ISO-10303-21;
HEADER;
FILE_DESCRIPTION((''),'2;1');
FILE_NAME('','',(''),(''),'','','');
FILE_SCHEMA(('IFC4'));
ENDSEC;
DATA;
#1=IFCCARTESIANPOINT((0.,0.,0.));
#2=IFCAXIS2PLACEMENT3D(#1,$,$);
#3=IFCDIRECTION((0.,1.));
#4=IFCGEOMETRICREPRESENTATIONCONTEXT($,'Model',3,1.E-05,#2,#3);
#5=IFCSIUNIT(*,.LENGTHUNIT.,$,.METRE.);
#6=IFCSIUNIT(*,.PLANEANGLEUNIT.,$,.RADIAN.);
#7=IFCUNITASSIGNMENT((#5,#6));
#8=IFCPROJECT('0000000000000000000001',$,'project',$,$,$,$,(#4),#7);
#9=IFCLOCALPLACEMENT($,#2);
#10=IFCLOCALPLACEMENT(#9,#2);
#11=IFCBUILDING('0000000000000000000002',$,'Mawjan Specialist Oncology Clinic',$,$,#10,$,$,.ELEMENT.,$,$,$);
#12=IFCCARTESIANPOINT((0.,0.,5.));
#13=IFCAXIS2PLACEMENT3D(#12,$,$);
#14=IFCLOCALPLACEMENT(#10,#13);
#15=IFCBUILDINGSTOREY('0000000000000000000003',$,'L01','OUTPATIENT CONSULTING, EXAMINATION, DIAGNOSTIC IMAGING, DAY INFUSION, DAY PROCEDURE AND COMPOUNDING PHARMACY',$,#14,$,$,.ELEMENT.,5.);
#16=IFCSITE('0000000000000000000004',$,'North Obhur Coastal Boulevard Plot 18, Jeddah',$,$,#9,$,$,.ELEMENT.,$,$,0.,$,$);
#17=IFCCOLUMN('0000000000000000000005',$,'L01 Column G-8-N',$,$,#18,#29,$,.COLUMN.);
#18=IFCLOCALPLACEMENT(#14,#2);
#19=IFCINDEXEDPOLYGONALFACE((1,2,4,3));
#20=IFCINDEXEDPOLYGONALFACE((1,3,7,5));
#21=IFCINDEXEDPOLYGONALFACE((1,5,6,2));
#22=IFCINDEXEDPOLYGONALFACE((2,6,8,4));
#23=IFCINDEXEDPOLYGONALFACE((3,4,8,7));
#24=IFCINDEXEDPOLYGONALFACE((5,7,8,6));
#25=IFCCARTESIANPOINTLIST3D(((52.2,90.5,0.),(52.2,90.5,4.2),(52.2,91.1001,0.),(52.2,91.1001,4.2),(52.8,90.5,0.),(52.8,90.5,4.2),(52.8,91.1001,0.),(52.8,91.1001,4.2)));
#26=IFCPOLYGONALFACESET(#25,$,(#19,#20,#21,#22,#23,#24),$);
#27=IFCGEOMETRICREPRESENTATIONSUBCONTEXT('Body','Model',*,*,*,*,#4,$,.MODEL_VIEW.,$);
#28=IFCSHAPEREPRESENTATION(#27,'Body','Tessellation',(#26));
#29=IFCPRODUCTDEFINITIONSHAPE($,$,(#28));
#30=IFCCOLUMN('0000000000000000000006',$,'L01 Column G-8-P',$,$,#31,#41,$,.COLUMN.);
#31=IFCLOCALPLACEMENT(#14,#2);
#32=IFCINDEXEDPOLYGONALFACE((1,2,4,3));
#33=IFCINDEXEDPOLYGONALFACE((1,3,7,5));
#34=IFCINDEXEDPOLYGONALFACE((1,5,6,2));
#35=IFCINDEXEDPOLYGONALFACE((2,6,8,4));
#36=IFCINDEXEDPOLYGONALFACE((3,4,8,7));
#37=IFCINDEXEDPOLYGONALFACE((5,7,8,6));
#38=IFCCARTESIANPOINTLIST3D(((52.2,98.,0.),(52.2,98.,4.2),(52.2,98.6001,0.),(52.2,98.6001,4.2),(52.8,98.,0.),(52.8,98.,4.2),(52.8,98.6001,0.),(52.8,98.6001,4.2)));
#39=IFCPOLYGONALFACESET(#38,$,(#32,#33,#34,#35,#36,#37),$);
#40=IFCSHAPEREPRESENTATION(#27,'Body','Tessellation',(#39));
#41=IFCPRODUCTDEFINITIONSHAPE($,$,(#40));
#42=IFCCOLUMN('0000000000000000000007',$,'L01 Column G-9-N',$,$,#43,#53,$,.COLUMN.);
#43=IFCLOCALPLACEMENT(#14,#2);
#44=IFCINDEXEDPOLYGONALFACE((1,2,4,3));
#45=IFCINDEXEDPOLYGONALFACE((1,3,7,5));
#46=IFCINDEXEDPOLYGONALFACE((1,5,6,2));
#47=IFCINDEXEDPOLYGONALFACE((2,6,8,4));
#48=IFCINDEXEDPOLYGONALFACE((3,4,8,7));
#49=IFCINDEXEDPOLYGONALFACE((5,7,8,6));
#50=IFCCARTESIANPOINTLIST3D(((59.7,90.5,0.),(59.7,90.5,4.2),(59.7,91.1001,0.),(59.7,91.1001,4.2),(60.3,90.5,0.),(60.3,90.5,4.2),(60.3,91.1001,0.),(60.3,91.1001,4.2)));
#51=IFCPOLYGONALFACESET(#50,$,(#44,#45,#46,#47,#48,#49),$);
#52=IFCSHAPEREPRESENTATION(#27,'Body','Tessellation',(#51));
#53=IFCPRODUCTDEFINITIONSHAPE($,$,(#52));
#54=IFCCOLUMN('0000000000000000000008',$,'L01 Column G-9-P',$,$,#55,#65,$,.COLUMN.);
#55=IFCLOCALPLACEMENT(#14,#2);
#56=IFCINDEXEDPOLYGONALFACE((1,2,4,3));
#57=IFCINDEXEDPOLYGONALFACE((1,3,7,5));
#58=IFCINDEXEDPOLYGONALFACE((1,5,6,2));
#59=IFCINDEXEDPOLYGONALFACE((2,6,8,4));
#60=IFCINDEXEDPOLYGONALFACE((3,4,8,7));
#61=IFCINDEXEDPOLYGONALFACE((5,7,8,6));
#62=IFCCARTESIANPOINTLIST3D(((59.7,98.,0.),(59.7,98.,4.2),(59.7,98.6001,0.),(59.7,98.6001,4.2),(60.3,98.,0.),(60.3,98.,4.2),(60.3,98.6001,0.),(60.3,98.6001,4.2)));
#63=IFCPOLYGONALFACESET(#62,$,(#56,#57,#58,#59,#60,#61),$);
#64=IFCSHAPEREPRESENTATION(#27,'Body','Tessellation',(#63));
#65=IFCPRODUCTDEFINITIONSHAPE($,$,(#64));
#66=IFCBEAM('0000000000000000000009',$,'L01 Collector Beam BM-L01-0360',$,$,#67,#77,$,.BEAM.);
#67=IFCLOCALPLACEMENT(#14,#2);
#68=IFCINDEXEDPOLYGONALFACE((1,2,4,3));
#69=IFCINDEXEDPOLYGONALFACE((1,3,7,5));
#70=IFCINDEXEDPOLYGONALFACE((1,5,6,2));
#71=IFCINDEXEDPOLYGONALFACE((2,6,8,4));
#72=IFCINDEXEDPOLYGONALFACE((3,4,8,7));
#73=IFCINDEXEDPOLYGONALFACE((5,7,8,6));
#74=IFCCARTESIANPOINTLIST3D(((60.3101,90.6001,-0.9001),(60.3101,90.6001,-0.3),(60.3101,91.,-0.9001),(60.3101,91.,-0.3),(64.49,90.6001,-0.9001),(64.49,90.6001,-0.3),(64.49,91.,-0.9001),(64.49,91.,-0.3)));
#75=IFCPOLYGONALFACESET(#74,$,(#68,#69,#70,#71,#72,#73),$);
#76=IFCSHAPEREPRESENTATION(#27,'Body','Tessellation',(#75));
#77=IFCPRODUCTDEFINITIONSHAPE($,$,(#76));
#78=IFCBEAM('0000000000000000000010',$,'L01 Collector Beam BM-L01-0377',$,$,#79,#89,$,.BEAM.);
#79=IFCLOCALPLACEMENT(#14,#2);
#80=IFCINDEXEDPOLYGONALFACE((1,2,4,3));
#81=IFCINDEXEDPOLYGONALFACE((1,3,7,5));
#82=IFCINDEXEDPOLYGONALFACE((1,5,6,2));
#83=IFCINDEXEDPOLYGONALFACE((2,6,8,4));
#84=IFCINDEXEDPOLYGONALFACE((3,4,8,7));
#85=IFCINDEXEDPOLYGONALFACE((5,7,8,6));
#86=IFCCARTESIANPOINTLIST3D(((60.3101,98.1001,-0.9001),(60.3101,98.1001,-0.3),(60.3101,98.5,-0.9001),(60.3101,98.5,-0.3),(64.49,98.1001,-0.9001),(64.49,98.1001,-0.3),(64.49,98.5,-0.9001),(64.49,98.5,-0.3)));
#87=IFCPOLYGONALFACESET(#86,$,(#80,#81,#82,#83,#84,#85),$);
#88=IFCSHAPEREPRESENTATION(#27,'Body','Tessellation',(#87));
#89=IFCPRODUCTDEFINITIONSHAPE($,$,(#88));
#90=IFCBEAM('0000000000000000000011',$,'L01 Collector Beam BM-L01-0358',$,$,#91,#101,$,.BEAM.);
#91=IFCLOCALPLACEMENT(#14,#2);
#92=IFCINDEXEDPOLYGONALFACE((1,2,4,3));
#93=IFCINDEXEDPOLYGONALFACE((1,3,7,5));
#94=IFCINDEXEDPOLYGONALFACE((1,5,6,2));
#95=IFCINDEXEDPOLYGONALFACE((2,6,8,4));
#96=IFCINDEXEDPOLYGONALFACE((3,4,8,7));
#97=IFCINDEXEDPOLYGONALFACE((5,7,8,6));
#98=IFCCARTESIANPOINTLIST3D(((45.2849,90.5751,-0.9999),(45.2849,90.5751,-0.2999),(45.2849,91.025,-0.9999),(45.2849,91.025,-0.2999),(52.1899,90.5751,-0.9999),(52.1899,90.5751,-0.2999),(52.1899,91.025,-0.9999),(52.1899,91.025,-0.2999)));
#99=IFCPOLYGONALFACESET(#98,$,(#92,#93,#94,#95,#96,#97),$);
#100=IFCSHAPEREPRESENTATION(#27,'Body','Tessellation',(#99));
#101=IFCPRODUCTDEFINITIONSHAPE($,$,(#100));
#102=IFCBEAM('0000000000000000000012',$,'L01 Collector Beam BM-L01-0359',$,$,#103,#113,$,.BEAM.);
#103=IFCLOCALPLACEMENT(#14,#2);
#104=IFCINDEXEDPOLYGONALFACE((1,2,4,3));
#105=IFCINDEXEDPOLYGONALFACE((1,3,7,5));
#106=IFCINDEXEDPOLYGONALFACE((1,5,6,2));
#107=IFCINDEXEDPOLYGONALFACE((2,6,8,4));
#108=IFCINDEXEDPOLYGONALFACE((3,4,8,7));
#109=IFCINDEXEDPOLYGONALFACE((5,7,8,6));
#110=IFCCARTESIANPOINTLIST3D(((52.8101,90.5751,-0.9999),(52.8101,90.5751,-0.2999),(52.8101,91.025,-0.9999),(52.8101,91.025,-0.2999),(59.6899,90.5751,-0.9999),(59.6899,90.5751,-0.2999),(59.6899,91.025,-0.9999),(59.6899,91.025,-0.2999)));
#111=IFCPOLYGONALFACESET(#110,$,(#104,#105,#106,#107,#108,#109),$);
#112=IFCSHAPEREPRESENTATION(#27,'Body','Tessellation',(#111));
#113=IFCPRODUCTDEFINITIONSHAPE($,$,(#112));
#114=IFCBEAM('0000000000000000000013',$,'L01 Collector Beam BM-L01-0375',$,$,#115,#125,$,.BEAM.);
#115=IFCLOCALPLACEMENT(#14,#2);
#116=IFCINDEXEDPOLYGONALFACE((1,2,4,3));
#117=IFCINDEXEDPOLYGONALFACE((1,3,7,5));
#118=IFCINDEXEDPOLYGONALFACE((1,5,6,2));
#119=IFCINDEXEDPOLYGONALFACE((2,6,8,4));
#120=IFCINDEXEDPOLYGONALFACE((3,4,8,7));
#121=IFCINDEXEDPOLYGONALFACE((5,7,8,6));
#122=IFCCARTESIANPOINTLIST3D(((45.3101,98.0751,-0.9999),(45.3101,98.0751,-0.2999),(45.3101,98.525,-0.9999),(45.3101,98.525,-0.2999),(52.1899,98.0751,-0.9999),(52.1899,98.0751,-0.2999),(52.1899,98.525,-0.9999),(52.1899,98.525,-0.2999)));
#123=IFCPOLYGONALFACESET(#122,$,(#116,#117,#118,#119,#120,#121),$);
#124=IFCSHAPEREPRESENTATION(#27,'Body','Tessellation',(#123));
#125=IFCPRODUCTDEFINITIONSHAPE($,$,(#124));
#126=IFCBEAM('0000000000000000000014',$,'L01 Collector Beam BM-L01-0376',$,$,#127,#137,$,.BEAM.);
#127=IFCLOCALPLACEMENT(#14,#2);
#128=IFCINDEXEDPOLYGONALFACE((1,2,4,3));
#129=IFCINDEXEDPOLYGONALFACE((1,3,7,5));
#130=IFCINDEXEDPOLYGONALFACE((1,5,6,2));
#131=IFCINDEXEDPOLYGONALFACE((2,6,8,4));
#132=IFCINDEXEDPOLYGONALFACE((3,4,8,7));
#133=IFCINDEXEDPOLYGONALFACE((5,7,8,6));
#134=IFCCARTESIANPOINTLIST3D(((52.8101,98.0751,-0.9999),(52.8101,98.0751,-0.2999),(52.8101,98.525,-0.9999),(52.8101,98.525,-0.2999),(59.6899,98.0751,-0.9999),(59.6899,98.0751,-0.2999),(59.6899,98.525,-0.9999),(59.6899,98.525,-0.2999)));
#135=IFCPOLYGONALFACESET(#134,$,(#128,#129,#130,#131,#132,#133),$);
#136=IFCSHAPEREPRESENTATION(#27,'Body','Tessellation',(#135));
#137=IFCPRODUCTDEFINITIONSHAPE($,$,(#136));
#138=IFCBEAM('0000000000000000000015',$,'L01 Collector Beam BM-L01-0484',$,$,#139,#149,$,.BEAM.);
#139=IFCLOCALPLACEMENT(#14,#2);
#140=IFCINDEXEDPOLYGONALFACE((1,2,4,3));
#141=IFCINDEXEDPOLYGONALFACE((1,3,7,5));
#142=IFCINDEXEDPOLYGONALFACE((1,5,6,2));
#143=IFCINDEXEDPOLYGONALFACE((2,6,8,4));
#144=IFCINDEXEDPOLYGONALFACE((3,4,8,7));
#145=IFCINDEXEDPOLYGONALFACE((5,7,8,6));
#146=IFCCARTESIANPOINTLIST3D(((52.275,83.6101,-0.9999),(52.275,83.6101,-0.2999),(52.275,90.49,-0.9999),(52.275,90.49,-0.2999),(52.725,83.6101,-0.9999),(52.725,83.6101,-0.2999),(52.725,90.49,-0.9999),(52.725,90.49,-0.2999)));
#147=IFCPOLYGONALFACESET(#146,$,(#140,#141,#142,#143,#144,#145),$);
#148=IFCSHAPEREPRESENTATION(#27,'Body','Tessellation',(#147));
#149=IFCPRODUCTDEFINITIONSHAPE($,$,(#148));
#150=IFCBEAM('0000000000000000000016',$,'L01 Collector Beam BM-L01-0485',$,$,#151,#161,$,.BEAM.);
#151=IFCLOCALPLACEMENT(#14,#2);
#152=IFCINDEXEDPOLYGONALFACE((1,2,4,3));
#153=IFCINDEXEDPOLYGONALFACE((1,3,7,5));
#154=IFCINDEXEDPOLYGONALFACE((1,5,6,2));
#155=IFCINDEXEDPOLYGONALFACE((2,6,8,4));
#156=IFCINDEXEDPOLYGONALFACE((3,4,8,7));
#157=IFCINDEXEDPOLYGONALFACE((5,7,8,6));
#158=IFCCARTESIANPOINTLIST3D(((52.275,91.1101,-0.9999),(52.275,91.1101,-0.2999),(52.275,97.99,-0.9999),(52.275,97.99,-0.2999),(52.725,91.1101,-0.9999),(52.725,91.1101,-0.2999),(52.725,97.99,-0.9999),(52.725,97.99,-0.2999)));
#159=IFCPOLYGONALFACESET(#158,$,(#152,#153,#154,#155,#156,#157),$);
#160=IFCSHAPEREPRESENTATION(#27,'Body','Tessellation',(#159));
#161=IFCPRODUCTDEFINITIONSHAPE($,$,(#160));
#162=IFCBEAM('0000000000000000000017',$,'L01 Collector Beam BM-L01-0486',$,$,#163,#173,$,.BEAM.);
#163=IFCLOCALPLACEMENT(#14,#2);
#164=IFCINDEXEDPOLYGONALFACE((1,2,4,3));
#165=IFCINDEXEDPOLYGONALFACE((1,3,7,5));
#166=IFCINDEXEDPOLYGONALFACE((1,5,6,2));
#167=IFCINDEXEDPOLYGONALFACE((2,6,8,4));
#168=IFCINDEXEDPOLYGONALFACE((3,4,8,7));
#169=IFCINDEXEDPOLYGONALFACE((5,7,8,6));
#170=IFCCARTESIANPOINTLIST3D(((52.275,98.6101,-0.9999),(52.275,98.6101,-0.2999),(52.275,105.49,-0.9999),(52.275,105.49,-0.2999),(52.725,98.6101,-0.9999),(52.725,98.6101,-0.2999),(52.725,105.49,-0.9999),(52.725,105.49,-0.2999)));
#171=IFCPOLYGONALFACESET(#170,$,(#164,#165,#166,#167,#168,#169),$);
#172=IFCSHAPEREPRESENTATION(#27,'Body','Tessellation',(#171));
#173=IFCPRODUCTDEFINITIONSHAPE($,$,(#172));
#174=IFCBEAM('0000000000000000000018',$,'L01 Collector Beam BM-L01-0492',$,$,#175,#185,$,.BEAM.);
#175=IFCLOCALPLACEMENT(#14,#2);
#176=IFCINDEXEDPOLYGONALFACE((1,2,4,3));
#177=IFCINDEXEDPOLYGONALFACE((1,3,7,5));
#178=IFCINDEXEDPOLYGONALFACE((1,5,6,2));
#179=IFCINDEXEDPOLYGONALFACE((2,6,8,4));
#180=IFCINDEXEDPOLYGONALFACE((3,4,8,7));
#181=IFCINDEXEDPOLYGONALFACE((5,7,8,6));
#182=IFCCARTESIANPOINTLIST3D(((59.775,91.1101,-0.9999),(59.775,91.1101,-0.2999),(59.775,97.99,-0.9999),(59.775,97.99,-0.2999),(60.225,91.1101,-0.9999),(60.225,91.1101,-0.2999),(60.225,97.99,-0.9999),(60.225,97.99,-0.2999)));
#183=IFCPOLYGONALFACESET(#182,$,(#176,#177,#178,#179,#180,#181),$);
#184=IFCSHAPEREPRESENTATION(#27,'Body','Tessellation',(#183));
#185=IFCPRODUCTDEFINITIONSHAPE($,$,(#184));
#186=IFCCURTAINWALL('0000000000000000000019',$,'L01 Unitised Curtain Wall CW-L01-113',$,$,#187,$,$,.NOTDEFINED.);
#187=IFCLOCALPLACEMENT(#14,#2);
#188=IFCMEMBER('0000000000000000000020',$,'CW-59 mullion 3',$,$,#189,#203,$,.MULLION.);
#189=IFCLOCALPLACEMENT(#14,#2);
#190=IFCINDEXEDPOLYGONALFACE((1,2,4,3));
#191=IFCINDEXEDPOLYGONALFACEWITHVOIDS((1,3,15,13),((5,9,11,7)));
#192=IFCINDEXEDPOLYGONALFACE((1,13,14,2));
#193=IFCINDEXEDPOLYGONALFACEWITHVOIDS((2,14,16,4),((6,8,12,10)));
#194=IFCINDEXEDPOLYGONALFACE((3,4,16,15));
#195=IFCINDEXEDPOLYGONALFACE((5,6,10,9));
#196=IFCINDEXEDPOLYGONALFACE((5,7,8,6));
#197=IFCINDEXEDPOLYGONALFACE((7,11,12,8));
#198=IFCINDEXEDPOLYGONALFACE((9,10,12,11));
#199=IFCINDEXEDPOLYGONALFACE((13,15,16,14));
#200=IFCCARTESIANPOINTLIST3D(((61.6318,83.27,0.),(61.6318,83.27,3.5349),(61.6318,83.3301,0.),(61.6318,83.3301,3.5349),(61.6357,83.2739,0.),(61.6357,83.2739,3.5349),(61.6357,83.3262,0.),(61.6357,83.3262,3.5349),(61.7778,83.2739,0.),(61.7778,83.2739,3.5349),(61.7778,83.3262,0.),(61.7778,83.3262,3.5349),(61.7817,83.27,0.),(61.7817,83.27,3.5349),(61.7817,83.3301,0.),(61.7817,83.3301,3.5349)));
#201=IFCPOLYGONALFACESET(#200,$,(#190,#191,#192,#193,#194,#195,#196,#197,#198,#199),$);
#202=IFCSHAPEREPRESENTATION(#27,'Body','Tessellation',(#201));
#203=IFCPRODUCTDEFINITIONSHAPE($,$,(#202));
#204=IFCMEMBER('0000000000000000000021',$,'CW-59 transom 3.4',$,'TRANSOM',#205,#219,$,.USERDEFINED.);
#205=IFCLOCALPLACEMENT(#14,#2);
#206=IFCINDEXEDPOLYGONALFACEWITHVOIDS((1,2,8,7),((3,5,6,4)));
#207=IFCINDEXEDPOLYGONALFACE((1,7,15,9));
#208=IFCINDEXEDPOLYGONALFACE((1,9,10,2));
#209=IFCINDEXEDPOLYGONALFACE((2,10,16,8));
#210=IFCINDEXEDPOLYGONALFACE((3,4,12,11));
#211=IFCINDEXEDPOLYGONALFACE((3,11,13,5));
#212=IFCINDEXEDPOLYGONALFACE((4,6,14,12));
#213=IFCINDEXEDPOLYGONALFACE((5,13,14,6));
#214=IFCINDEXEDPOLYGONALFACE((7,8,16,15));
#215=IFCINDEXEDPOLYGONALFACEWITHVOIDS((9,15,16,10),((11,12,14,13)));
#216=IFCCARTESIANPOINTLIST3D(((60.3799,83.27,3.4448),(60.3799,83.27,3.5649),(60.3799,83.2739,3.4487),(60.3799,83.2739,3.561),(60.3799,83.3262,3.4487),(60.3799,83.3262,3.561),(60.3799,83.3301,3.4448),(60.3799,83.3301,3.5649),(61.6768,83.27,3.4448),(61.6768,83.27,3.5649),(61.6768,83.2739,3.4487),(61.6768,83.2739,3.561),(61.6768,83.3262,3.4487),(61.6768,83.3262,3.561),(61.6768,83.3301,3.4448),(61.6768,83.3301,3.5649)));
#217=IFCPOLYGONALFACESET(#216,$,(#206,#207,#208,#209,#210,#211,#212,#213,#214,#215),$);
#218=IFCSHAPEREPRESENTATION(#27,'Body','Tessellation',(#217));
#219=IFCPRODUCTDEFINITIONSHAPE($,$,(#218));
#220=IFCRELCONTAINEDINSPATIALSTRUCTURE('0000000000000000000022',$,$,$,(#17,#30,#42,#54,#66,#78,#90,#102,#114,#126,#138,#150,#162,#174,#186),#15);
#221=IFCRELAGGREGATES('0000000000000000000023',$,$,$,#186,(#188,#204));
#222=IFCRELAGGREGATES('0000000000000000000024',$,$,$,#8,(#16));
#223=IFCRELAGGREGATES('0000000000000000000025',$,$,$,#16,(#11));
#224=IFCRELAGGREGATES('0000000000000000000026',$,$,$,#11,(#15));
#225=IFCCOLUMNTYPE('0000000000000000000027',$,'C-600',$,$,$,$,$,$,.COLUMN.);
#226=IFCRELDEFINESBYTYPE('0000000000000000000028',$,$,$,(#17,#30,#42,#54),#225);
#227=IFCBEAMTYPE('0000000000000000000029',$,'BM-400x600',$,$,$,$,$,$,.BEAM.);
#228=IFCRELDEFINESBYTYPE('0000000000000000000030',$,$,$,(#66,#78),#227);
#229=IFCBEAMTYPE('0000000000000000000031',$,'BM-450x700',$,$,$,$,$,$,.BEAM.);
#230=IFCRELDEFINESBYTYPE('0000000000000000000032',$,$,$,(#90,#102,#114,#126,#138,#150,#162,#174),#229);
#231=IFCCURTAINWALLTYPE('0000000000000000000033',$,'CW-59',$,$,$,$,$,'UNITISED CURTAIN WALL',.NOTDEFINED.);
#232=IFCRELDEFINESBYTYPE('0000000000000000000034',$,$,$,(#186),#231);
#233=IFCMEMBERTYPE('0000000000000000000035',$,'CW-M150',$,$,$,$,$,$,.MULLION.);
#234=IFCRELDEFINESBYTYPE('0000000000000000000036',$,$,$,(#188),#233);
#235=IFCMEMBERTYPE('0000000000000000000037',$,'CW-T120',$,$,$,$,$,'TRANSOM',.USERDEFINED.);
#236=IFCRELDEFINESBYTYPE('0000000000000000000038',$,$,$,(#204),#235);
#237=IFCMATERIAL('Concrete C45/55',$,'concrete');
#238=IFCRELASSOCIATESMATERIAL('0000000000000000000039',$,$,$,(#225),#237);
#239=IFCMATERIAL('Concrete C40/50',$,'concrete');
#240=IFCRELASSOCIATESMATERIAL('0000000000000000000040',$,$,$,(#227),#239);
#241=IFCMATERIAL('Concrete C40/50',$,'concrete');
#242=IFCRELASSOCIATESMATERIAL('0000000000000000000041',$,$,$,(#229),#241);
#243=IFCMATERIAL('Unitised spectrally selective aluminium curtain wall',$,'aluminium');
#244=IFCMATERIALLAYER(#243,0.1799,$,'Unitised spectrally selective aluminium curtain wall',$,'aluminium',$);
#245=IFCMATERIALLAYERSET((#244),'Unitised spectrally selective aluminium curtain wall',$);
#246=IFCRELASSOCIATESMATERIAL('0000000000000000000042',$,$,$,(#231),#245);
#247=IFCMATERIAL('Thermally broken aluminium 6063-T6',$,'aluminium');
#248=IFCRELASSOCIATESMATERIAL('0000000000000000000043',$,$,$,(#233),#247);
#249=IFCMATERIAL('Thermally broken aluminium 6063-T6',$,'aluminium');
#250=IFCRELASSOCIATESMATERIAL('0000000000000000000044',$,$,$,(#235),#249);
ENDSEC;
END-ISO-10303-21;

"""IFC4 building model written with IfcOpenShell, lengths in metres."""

from ifc_helpers import new_model, si_unit, direction, frame, origin, origin_2d, place, context, subcontext, project, spatial, rectangle, hollow_rectangle, extrude, material, layer, layer_set, material_profile, profile_set, type_object, element, aggregate, save


model = new_model("IFC4")

# Units and contexts
model_context = context("Model", 3, precision=1e-05, world=origin(), true_north=direction((0.0, 1.0)))
body_context = subcontext(model_context, "Body", "Model", "MODEL_VIEW")
ifc_project = project(units=[si_unit("LENGTHUNIT", "METRE"), si_unit("PLANEANGLEUNIT", "RADIAN")], contexts=[model_context])

# Site, building, storey
site_placement = place(None, origin())
site = spatial("IfcSite", under=ifc_project, at=site_placement, Name="North Obhur Coastal Boulevard Plot 18, Jeddah", CompositionType="ELEMENT", RefElevation=0.0)
building_placement = place(site_placement, origin())
building = spatial("IfcBuilding", under=site, at=building_placement, Name="Mawjan Specialist Oncology Clinic", CompositionType="ELEMENT")
storey_placement = place(building_placement, frame((0.0, 0.0, 5.0)))
storey = spatial("IfcBuildingStorey", under=building, at=storey_placement, Name="L01", Description="OUTPATIENT CONSULTING, EXAMINATION, DIAGNOSTIC IMAGING, DAY INFUSION, DAY PROCEDURE AND COMPOUNDING PHARMACY", CompositionType="ELEMENT", Elevation=5.0)

# Columns
ifc_material_1 = material(Name="Concrete C45/55", Category="concrete")
ifc_material_profile_1 = material_profile(ifc_material_1, rectangle(XDim=0.6001, YDim=0.6001, at=origin_2d()), Name="RC COL 600x600", Category="concrete")
ifc_profile_set_1 = profile_set([ifc_material_profile_1], Name="Concrete C45/55")
column_type = type_object("IfcColumnType", Name="C-600", PredefinedType="COLUMN", material=ifc_profile_set_1)
for number, where, z_axis, x_axis, name in (
    (1, (52.5, 90.8, 0.0), (0.0, 0.0, 1.0), (1.0, 0.0, 0.0), "L01 Column G-8-N"),
    (2, (52.5, 98.3, 0.0), (0.0, 0.0, 1.0), (1.0, 0.0, 0.0), "L01 Column G-8-P"),
    (3, (60.0, 90.8, 0.0), (0.0, 0.0, 1.0), (1.0, 0.0, 0.0), "L01 Column G-9-N"),
    (4, (60.0, 98.3, 0.0), (0.0, 0.0, 1.0), (1.0, 0.0, 0.0), "L01 Column G-9-P"),
):
    element("IfcColumn", number, at=place(storey_placement, frame(where, z_axis=z_axis, x_axis=x_axis)), inside=storey, type_object=column_type, Name=name, PredefinedType="COLUMN", context=body_context, shape_type="SweptSolid", body=[
        extrude(rectangle(XDim=0.6001, YDim=0.6001, at=origin_2d()), origin(), (0.0, 0.0, 1.0), 4.2),
    ])

# Beams
ifc_material_2 = material(Name="Concrete C40/50", Category="concrete")
ifc_material_profile_2 = material_profile(ifc_material_2, rectangle(XDim=0.3999, YDim=0.6001, at=origin_2d()), Name="RC BM 400x600", Category="concrete")
ifc_profile_set_2 = profile_set([ifc_material_profile_2], Name="Concrete C40/50")
beam_type_1 = type_object("IfcBeamType", Name="BM-400x600", PredefinedType="BEAM", material=ifc_profile_set_2)
for number, where, z_axis, x_axis, name in (
    (5, (60.3101, 90.8, -0.6001), (1.0, 0.0, 0.0), (0.0, 1.0, 0.0), "L01 Collector Beam BM-L01-0360"),
    (6, (60.3101, 98.3, -0.6001), (1.0, 0.0, 0.0), (0.0, 1.0, 0.0), "L01 Collector Beam BM-L01-0377"),
):
    element("IfcBeam", number, at=place(storey_placement, frame(where, z_axis=z_axis, x_axis=x_axis)), inside=storey, type_object=beam_type_1, Name=name, PredefinedType="BEAM", context=body_context, shape_type="SweptSolid", body=[
        extrude(rectangle(XDim=0.3999, YDim=0.6001, at=origin_2d()), origin(), (0.0, 0.0, 1.0), 4.1799),
    ])
ifc_material_3 = material(Name="Concrete C40/50", Category="concrete")
ifc_material_profile_3 = material_profile(ifc_material_3, rectangle(XDim=0.45, YDim=0.7, at=origin_2d()), Name="RC BM 450x700", Category="concrete")
ifc_profile_set_3 = profile_set([ifc_material_profile_3], Name="Concrete C40/50")
beam_type_2 = type_object("IfcBeamType", Name="BM-450x700", PredefinedType="BEAM", material=ifc_profile_set_3)
beam_placement = place(storey_placement, frame((45.2849, 90.8, -0.6499), z_axis=(1.0, 0.0, 0.0), x_axis=(0.0, 1.0, 0.0)))
element("IfcBeam", 7, at=beam_placement, inside=storey, type_object=beam_type_2, Name="L01 Collector Beam BM-L01-0358", PredefinedType="BEAM", context=body_context, shape_type="SweptSolid", body=[
    extrude(rectangle(XDim=0.45, YDim=0.7, at=origin_2d()), origin(), (0.0, 0.0, 1.0), 6.905),
])
for number, where, z_axis, x_axis, name in (
    (8, (52.8101, 90.8, -0.6499), (1.0, 0.0, 0.0), (0.0, 1.0, 0.0), "L01 Collector Beam BM-L01-0359"),
    (9, (45.3101, 98.3, -0.6499), (1.0, 0.0, 0.0), (0.0, 1.0, 0.0), "L01 Collector Beam BM-L01-0375"),
    (10, (52.8101, 98.3, -0.6499), (1.0, 0.0, 0.0), (0.0, 1.0, 0.0), "L01 Collector Beam BM-L01-0376"),
    (11, (52.5, 83.6101, -0.6499), (0.0, 1.0, 0.0), (-1.0, 0.0, 0.0), "L01 Collector Beam BM-L01-0484"),
    (12, (52.5, 91.1101, -0.6499), (0.0, 1.0, 0.0), (-1.0, 0.0, 0.0), "L01 Collector Beam BM-L01-0485"),
    (13, (52.5, 98.6101, -0.6499), (0.0, 1.0, 0.0), (-1.0, 0.0, 0.0), "L01 Collector Beam BM-L01-0486"),
    (14, (60.0, 91.1101, -0.6499), (0.0, 1.0, 0.0), (-1.0, 0.0, 0.0), "L01 Collector Beam BM-L01-0492"),
):
    element("IfcBeam", number, at=place(storey_placement, frame(where, z_axis=z_axis, x_axis=x_axis)), inside=storey, type_object=beam_type_2, Name=name, PredefinedType="BEAM", context=body_context, shape_type="SweptSolid", body=[
        extrude(rectangle(XDim=0.45, YDim=0.7, at=origin_2d()), origin(), (0.0, 0.0, 1.0), 6.8799),
    ])

# Curtain wall, members
ifc_material_4 = material(Name="Unitised spectrally selective aluminium curtain wall", Category="aluminium")
ifc_layer_1 = layer(ifc_material_4, 0.1799, Name="Unitised spectrally selective aluminium curtain wall", Category="aluminium")
ifc_layer_set_1 = layer_set([ifc_layer_1], Name="Unitised spectrally selective aluminium curtain wall")
curtain_wall_type = type_object("IfcCurtainWallType", Name="CW-59", ElementType="UNITISED CURTAIN WALL", PredefinedType="NOTDEFINED", material=ifc_layer_set_1)
curtain_wall_placement = place(storey_placement, origin())
curtain_wall = element("IfcCurtainWall", 15, at=curtain_wall_placement, inside=storey, type_object=curtain_wall_type, Name="L01 Unitised Curtain Wall CW-L01-113", PredefinedType="NOTDEFINED")
ifc_material_5 = material(Name="Thermally broken aluminium 6063-T6", Category="aluminium")
ifc_material_profile_4 = material_profile(ifc_material_5, hollow_rectangle(XDim=0.0601, YDim=0.1499, WallThickness=0.0039, at=origin_2d()), Name="ALU MULLION 150x60x4", Category="aluminium")
ifc_profile_set_4 = profile_set([ifc_material_profile_4], Name="Thermally broken aluminium 6063-T6")
member_type_1 = type_object("IfcMemberType", Name="CW-M150", PredefinedType="MULLION", material=ifc_profile_set_4)
member_1_placement = place(storey_placement, frame((61.7068, 83.3, 0.0), z_axis=(0.0, 0.0, 1.0), x_axis=(0.0, -1.0, 0.0)))
member_1 = element("IfcMember", 16, at=member_1_placement, type_object=member_type_1, Name="CW-59 mullion 3", PredefinedType="MULLION", context=body_context, shape_type="SweptSolid", body=[
    extrude(hollow_rectangle(XDim=0.0601, YDim=0.1499, WallThickness=0.0039, at=origin_2d()), origin(), (0.0, 0.0, 1.0), 3.5349),
])
ifc_material_6 = material(Name="Thermally broken aluminium 6063-T6", Category="aluminium")
ifc_material_profile_5 = material_profile(ifc_material_6, hollow_rectangle(XDim=0.0601, YDim=0.1201, WallThickness=0.0039, at=origin_2d()), Name="ALU TRANSOM 120x60x4", Category="aluminium")
ifc_profile_set_5 = profile_set([ifc_material_profile_5], Name="Thermally broken aluminium 6063-T6")
member_type_2 = type_object("IfcMemberType", Name="CW-T120", ElementType="TRANSOM", PredefinedType="USERDEFINED", material=ifc_profile_set_5)
member_2_placement = place(storey_placement, frame((61.6768, 83.3, 3.5049), z_axis=(-1.0, 0.0, 0.0), x_axis=(0.0, -1.0, 0.0)))
member_2 = element("IfcMember", 17, at=member_2_placement, type_object=member_type_2, Name="CW-59 transom 3.4", ObjectType="TRANSOM", PredefinedType="USERDEFINED", context=body_context, shape_type="SweptSolid", body=[
    extrude(hollow_rectangle(XDim=0.0601, YDim=0.1201, WallThickness=0.0039, at=origin_2d()), origin(), (0.0, 0.0, 1.0), 1.2969),
])
aggregate(curtain_wall, [member_1, member_2])

save(model, "model.ifc")
